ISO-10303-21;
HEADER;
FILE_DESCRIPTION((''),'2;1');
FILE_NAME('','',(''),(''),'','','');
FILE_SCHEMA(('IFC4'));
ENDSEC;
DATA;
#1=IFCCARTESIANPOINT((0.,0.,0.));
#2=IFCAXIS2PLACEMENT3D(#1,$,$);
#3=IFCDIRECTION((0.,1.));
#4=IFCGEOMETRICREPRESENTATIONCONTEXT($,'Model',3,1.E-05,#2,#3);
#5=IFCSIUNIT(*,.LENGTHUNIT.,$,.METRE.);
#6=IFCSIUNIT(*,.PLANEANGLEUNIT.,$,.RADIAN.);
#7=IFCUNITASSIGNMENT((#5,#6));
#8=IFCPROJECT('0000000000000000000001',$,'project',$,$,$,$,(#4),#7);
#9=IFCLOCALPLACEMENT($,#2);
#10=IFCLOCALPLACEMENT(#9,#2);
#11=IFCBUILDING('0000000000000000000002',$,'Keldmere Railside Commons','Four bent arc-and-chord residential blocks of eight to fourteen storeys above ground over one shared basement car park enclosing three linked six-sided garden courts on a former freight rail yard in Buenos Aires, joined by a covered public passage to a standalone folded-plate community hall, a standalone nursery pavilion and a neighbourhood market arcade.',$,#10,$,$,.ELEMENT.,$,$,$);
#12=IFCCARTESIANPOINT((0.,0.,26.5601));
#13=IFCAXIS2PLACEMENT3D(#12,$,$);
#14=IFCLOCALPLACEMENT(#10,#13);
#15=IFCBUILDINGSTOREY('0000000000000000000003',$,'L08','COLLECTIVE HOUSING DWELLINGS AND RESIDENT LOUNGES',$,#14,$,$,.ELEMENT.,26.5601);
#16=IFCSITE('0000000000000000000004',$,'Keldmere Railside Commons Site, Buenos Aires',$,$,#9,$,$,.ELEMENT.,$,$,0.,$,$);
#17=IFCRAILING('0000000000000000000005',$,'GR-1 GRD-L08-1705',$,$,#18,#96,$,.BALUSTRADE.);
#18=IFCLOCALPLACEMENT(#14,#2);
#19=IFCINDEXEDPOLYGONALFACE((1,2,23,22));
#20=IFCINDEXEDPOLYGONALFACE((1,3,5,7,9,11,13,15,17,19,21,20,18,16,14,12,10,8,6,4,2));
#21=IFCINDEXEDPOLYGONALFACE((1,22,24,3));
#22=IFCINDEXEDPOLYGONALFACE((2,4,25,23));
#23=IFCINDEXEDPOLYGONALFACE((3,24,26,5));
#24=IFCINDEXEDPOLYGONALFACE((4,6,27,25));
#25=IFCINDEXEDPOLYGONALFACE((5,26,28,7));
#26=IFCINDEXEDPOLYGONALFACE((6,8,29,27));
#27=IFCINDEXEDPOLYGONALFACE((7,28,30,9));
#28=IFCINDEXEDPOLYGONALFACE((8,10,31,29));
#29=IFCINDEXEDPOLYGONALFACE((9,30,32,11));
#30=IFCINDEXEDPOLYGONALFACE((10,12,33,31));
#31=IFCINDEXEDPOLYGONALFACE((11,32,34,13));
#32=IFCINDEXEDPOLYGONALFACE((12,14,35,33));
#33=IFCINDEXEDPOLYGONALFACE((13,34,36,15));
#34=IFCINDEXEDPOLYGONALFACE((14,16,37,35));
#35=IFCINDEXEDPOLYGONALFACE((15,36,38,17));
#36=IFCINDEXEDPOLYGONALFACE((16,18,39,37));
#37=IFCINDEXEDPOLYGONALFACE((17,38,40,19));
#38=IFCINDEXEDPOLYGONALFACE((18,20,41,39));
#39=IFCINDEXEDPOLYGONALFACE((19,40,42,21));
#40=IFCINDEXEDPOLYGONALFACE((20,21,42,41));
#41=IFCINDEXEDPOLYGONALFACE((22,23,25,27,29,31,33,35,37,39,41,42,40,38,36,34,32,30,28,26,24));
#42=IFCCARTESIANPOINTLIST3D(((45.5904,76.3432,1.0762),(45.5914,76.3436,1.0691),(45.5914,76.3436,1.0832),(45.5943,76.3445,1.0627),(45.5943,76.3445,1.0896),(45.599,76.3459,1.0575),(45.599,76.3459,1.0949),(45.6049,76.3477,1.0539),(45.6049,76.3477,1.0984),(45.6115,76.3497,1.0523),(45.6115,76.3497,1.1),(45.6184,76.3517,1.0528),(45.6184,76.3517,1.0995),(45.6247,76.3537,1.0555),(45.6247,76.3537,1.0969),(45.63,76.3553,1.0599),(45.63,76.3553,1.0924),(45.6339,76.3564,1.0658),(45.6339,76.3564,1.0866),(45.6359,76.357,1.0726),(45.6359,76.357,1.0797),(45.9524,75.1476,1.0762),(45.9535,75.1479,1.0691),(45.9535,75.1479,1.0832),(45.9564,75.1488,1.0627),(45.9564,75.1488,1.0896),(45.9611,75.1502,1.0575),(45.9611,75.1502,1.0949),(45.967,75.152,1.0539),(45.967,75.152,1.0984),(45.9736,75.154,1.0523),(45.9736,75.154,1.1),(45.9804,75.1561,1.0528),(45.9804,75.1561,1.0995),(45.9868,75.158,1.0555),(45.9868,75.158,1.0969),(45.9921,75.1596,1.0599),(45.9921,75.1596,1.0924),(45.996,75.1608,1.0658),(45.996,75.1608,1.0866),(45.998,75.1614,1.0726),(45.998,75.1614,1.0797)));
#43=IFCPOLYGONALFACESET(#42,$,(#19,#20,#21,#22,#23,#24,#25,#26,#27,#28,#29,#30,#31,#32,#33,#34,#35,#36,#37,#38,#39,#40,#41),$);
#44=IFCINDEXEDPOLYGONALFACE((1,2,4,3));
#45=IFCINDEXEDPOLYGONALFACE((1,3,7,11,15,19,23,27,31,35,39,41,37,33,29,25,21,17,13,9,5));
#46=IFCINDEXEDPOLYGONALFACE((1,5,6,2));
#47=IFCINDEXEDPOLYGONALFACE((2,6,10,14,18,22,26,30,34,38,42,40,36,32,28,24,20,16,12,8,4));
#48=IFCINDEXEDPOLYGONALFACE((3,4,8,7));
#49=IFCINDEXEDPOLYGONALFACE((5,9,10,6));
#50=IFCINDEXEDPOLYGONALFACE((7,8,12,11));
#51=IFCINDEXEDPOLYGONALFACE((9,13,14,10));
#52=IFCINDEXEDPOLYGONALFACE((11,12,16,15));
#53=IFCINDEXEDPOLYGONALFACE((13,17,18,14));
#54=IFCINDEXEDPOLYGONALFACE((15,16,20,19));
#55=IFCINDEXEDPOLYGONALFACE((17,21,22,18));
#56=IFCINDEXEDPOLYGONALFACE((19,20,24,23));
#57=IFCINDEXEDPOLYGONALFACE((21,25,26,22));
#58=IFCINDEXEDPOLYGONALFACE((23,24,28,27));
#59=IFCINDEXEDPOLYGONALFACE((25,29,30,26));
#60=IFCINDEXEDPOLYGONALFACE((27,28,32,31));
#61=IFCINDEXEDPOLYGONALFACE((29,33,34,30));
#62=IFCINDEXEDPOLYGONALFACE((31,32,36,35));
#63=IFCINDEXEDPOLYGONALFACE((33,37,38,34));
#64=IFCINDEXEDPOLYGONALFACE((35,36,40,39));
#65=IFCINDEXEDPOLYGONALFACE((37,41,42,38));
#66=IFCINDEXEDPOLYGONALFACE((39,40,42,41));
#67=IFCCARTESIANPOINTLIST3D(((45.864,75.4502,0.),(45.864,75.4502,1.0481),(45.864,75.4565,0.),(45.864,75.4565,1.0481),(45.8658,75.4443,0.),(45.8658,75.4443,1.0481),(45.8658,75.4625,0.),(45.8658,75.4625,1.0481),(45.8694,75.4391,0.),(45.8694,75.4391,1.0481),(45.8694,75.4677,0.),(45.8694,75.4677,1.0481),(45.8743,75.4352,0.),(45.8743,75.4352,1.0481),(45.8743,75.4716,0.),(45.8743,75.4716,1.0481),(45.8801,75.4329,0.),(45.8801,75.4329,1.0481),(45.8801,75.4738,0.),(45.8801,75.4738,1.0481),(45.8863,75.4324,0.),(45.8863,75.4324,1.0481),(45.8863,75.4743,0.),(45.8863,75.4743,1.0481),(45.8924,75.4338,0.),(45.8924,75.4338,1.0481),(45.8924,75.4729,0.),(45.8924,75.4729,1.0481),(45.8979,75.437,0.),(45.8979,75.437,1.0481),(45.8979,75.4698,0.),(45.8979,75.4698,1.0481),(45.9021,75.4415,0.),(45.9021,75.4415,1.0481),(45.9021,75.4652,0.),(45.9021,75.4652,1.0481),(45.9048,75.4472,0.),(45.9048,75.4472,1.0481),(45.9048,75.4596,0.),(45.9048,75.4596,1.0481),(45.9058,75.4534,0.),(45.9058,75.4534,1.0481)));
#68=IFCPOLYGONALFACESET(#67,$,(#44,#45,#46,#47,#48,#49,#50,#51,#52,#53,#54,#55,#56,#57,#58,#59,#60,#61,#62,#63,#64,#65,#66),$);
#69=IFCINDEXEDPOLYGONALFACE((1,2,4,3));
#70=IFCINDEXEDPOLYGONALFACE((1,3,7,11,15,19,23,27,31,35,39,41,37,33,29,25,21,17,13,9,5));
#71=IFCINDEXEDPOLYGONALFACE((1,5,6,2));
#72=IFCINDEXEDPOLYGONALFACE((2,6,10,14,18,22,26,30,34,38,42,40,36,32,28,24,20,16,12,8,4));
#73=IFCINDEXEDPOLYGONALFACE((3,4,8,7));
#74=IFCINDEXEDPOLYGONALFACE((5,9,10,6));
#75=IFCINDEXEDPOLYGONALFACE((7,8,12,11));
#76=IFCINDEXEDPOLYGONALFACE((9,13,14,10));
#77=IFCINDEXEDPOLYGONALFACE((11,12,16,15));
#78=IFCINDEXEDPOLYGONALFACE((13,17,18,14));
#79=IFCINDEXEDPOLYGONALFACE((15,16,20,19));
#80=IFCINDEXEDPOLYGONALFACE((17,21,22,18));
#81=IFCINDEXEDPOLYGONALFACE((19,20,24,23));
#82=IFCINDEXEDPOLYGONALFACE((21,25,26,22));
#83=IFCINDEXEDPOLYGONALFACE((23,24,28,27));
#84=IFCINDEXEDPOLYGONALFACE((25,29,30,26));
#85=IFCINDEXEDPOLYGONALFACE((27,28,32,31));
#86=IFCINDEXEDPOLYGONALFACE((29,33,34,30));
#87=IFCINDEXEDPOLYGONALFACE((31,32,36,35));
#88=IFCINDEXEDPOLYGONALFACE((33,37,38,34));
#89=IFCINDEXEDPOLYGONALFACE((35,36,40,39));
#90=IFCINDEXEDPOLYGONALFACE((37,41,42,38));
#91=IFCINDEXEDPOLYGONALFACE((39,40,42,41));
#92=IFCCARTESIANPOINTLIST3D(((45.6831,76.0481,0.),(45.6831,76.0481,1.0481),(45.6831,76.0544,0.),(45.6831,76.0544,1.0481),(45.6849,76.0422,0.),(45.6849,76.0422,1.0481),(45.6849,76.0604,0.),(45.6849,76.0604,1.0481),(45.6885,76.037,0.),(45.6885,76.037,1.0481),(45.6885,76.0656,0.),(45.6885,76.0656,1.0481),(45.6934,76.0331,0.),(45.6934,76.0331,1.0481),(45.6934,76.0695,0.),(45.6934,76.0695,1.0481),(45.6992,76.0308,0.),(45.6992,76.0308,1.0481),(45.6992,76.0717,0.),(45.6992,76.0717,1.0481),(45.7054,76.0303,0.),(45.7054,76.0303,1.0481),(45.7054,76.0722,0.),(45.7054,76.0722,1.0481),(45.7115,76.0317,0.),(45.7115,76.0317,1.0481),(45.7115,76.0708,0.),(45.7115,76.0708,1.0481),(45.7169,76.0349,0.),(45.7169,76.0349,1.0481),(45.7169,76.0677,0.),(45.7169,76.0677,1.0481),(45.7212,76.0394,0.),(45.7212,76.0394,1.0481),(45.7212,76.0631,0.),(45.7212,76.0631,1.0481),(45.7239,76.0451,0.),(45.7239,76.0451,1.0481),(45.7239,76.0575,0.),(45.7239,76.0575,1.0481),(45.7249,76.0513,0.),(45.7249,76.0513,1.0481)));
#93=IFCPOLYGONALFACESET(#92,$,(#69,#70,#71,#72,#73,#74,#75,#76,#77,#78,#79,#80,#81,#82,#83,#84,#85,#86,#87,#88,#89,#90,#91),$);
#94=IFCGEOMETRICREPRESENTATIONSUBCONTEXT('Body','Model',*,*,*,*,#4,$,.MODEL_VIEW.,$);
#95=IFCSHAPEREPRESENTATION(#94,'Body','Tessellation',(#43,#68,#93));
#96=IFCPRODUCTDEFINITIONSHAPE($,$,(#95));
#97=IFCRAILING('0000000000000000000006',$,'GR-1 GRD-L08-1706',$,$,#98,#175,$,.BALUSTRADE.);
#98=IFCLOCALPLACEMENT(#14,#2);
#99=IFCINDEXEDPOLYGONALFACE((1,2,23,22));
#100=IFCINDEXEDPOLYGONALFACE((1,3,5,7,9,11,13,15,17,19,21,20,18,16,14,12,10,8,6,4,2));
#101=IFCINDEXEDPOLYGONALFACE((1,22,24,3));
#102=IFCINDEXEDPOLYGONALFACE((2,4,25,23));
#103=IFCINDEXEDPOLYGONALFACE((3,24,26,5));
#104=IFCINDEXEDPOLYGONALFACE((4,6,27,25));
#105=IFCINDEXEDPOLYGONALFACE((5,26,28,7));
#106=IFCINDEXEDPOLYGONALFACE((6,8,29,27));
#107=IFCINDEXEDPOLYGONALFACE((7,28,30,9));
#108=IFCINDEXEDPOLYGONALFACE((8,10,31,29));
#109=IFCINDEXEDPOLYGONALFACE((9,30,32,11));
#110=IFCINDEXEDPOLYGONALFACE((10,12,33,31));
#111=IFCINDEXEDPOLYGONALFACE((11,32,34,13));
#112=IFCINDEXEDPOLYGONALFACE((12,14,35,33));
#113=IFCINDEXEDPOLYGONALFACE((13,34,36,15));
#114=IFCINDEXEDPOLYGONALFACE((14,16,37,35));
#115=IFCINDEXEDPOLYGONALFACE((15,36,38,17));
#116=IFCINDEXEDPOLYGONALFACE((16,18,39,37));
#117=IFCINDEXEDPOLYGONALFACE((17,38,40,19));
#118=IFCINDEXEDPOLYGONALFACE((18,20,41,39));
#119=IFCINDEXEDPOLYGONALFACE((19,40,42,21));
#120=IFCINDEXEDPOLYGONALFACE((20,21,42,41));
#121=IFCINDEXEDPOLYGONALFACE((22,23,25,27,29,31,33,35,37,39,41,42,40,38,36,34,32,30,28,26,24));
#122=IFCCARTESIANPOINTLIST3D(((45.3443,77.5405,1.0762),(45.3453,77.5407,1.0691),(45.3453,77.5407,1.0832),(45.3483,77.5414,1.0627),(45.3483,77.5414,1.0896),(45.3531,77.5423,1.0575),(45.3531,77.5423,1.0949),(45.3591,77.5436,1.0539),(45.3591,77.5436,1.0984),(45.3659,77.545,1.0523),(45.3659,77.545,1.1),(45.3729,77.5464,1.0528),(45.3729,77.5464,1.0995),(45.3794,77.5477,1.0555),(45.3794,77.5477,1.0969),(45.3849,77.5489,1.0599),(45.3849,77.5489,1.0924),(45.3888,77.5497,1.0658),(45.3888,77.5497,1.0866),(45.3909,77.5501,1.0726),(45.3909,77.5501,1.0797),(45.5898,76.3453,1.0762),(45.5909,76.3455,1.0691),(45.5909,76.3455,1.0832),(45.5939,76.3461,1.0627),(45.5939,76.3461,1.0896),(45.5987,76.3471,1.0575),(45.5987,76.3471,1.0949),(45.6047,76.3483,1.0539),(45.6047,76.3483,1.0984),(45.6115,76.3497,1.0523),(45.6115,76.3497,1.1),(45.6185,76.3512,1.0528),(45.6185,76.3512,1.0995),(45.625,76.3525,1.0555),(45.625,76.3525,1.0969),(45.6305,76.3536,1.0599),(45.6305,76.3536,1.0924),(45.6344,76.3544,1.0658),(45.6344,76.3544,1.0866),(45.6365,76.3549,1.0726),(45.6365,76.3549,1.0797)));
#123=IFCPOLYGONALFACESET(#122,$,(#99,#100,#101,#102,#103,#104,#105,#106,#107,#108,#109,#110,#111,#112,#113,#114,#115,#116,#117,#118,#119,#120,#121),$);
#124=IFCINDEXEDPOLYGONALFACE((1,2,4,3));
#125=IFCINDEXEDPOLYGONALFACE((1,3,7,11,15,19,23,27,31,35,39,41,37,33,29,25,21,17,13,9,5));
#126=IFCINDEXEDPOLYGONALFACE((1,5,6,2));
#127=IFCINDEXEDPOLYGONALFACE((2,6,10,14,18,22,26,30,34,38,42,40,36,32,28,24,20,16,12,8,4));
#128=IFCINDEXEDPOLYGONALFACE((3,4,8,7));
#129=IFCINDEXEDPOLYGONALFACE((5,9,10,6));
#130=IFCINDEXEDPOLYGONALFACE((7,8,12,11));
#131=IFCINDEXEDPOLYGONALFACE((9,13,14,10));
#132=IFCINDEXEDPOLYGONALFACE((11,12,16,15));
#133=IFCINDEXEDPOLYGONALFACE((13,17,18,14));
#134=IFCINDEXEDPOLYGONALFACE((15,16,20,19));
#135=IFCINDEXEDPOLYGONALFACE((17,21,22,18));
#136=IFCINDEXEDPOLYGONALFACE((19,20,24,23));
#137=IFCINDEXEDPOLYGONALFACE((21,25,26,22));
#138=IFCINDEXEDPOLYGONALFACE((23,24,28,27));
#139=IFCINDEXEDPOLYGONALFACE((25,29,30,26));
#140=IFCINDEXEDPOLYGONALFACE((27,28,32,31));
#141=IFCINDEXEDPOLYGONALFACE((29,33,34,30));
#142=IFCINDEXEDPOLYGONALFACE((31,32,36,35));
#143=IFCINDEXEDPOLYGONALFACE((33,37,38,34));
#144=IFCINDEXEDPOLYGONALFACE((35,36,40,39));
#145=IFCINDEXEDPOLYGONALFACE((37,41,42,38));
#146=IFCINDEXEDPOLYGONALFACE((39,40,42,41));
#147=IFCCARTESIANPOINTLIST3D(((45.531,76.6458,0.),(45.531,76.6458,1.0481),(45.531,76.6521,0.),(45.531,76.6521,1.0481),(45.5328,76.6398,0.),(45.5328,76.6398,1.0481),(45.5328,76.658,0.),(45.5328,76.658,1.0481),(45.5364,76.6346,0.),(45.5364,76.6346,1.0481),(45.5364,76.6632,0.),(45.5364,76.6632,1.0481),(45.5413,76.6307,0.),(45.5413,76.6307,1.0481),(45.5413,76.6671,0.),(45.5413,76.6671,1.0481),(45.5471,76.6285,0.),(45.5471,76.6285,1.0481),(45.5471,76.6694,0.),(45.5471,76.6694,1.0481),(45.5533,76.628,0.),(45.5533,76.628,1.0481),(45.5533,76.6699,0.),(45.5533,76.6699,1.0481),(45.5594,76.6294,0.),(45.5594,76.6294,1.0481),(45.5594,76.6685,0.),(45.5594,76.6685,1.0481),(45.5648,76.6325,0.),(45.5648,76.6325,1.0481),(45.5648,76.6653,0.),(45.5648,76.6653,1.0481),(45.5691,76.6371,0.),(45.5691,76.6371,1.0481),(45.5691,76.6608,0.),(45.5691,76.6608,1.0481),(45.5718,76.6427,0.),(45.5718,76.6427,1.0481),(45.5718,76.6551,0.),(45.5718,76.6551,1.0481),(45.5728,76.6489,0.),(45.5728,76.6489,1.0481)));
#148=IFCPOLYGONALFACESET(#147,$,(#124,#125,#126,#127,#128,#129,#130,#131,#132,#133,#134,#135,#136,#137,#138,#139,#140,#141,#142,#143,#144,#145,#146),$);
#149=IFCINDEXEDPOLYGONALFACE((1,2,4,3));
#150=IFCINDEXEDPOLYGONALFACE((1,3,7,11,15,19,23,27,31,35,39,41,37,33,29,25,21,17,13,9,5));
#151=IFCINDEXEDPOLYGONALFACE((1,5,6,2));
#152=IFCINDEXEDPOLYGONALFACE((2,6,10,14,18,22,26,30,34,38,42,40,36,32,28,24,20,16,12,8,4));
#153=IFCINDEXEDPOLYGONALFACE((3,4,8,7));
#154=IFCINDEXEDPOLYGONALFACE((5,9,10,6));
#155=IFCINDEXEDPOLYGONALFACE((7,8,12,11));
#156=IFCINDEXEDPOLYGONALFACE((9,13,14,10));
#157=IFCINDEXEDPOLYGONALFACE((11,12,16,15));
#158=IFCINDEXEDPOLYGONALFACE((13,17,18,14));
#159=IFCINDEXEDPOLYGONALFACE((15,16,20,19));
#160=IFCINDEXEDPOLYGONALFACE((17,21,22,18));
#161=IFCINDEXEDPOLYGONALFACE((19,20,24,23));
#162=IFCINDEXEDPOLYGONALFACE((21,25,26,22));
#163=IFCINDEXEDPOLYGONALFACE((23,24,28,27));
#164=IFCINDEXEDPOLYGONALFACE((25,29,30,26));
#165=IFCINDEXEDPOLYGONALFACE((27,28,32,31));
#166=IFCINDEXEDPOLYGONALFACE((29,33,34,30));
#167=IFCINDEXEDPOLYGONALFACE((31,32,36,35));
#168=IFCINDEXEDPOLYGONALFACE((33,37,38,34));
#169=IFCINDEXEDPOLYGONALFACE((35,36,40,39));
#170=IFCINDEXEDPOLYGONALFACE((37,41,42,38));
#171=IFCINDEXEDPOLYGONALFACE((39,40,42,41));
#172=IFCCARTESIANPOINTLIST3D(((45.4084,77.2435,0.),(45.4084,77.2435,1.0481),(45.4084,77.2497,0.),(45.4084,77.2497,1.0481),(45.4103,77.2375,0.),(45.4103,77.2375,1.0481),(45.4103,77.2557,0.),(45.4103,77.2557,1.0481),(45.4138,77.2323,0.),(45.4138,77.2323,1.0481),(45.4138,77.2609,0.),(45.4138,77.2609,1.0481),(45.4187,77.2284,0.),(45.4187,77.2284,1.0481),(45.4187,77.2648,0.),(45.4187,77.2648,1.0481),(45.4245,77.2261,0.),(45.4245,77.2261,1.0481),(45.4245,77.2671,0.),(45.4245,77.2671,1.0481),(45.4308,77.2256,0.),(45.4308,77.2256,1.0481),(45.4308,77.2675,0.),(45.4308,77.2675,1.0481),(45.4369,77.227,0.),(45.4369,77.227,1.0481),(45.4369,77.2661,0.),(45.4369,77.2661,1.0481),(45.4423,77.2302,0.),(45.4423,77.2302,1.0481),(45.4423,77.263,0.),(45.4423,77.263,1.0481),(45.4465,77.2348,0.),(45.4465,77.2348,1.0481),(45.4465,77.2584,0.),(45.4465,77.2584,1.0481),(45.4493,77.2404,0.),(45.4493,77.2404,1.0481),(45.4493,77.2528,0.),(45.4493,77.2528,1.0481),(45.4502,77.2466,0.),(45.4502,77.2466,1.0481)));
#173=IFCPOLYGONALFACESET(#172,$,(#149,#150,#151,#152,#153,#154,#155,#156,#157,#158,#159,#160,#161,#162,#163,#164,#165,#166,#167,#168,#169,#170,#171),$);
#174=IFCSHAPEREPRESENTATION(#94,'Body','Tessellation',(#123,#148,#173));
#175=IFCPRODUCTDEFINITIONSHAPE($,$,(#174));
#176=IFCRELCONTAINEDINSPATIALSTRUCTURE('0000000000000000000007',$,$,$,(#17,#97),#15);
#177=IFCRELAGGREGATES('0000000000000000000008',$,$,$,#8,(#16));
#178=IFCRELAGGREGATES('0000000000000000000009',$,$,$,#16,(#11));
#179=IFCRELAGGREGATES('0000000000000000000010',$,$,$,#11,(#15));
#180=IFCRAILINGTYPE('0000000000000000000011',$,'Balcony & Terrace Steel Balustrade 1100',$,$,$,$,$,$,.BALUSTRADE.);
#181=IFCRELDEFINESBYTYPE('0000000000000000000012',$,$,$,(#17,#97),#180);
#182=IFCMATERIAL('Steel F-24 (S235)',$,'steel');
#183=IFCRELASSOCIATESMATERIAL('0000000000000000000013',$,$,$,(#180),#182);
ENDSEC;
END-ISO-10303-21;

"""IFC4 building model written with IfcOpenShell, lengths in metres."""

from ifc_helpers import new_model, si_unit, direction, frame, origin, origin_2d, place, context, subcontext, project, spatial, circle, extrude, material, type_object, element, save


model = new_model("IFC4")

# Units and contexts
model_context = context("Model", 3, precision=1e-05, world=origin(), true_north=direction((0.0, 1.0)))
body_context = subcontext(model_context, "Body", "Model", "MODEL_VIEW")
ifc_project = project(units=[si_unit("LENGTHUNIT", "METRE"), si_unit("PLANEANGLEUNIT", "RADIAN")], contexts=[model_context])

# Site, building, storey
site_placement = place(None, origin())
site = spatial("IfcSite", under=ifc_project, at=site_placement, Name="Keldmere Railside Commons Site, Buenos Aires", CompositionType="ELEMENT", RefElevation=0.0)
building_placement = place(site_placement, origin())
building = spatial("IfcBuilding", under=site, at=building_placement, Name="Keldmere Railside Commons", Description="Four bent arc-and-chord residential blocks of eight to fourteen storeys above ground over one shared basement car park enclosing three linked six-sided garden courts on a former freight rail yard in Buenos Aires, joined by a covered public passage to a standalone folded-plate community hall, a standalone nursery pavilion and a neighbourhood market arcade.", CompositionType="ELEMENT")
storey_placement = place(building_placement, frame((0.0, 0.0, 26.5601)))
storey = spatial("IfcBuildingStorey", under=building, at=storey_placement, Name="L08", Description="COLLECTIVE HOUSING DWELLINGS AND RESIDENT LOUNGES", CompositionType="ELEMENT", Elevation=26.5601)

# Railings
ifc_material_1 = material(Name="Steel F-24 (S235)", Category="steel")
railing_type = type_object("IfcRailingType", Name="Balcony & Terrace Steel Balustrade 1100", PredefinedType="BALUSTRADE", material=ifc_material_1)
railing_1_placement = place(storey_placement, frame((45.9753, 75.1545, 0.0)))
element("IfcRailing", 1, at=railing_1_placement, inside=storey, type_object=railing_type, Name="GR-1 GRD-L08-1705", PredefinedType="BALUSTRADE", context=body_context, shape_type="SweptSolid", body=[
    extrude(circle(Radius=0.0239, at=origin_2d()), frame((0.0, 0.0, 1.0762), z_axis=(-0.289839, 0.957075, 0.0), x_axis=(-0.957075, -0.289839, 0.0)), (0.0, 0.0, 1.0), 1.2493),
    extrude(circle(Radius=0.021, at=origin_2d()), frame((-0.0906, 0.2988, 0.0)), (0.0, 0.0, 1.0), 1.0481),
    extrude(circle(Radius=0.021, at=origin_2d()), frame((-0.2715, 0.8967, 0.0)), (0.0, 0.0, 1.0), 1.0481),
])
railing_2_placement = place(storey_placement, frame((45.6133, 76.3501, 0.0)))
element("IfcRailing", 2, at=railing_2_placement, inside=storey, type_object=railing_type, Name="GR-1 GRD-L08-1706", PredefinedType="BALUSTRADE", context=body_context, shape_type="SweptSolid", body=[
    extrude(circle(Radius=0.0239, at=origin_2d()), frame((0.0, 0.0, 1.0762), z_axis=(-0.201269, 0.979536, 0.0), x_axis=(-0.979536, -0.201269, 0.0)), (0.0, 0.0, 1.0), 1.2202),
    extrude(circle(Radius=0.021, at=origin_2d()), frame((-0.0615, 0.2988, 0.0)), (0.0, 0.0, 1.0), 1.0481),
    extrude(circle(Radius=0.021, at=origin_2d()), frame((-0.1841, 0.8965, 0.0)), (0.0, 0.0, 1.0), 1.0481),
])

save(model, "model.ifc")
